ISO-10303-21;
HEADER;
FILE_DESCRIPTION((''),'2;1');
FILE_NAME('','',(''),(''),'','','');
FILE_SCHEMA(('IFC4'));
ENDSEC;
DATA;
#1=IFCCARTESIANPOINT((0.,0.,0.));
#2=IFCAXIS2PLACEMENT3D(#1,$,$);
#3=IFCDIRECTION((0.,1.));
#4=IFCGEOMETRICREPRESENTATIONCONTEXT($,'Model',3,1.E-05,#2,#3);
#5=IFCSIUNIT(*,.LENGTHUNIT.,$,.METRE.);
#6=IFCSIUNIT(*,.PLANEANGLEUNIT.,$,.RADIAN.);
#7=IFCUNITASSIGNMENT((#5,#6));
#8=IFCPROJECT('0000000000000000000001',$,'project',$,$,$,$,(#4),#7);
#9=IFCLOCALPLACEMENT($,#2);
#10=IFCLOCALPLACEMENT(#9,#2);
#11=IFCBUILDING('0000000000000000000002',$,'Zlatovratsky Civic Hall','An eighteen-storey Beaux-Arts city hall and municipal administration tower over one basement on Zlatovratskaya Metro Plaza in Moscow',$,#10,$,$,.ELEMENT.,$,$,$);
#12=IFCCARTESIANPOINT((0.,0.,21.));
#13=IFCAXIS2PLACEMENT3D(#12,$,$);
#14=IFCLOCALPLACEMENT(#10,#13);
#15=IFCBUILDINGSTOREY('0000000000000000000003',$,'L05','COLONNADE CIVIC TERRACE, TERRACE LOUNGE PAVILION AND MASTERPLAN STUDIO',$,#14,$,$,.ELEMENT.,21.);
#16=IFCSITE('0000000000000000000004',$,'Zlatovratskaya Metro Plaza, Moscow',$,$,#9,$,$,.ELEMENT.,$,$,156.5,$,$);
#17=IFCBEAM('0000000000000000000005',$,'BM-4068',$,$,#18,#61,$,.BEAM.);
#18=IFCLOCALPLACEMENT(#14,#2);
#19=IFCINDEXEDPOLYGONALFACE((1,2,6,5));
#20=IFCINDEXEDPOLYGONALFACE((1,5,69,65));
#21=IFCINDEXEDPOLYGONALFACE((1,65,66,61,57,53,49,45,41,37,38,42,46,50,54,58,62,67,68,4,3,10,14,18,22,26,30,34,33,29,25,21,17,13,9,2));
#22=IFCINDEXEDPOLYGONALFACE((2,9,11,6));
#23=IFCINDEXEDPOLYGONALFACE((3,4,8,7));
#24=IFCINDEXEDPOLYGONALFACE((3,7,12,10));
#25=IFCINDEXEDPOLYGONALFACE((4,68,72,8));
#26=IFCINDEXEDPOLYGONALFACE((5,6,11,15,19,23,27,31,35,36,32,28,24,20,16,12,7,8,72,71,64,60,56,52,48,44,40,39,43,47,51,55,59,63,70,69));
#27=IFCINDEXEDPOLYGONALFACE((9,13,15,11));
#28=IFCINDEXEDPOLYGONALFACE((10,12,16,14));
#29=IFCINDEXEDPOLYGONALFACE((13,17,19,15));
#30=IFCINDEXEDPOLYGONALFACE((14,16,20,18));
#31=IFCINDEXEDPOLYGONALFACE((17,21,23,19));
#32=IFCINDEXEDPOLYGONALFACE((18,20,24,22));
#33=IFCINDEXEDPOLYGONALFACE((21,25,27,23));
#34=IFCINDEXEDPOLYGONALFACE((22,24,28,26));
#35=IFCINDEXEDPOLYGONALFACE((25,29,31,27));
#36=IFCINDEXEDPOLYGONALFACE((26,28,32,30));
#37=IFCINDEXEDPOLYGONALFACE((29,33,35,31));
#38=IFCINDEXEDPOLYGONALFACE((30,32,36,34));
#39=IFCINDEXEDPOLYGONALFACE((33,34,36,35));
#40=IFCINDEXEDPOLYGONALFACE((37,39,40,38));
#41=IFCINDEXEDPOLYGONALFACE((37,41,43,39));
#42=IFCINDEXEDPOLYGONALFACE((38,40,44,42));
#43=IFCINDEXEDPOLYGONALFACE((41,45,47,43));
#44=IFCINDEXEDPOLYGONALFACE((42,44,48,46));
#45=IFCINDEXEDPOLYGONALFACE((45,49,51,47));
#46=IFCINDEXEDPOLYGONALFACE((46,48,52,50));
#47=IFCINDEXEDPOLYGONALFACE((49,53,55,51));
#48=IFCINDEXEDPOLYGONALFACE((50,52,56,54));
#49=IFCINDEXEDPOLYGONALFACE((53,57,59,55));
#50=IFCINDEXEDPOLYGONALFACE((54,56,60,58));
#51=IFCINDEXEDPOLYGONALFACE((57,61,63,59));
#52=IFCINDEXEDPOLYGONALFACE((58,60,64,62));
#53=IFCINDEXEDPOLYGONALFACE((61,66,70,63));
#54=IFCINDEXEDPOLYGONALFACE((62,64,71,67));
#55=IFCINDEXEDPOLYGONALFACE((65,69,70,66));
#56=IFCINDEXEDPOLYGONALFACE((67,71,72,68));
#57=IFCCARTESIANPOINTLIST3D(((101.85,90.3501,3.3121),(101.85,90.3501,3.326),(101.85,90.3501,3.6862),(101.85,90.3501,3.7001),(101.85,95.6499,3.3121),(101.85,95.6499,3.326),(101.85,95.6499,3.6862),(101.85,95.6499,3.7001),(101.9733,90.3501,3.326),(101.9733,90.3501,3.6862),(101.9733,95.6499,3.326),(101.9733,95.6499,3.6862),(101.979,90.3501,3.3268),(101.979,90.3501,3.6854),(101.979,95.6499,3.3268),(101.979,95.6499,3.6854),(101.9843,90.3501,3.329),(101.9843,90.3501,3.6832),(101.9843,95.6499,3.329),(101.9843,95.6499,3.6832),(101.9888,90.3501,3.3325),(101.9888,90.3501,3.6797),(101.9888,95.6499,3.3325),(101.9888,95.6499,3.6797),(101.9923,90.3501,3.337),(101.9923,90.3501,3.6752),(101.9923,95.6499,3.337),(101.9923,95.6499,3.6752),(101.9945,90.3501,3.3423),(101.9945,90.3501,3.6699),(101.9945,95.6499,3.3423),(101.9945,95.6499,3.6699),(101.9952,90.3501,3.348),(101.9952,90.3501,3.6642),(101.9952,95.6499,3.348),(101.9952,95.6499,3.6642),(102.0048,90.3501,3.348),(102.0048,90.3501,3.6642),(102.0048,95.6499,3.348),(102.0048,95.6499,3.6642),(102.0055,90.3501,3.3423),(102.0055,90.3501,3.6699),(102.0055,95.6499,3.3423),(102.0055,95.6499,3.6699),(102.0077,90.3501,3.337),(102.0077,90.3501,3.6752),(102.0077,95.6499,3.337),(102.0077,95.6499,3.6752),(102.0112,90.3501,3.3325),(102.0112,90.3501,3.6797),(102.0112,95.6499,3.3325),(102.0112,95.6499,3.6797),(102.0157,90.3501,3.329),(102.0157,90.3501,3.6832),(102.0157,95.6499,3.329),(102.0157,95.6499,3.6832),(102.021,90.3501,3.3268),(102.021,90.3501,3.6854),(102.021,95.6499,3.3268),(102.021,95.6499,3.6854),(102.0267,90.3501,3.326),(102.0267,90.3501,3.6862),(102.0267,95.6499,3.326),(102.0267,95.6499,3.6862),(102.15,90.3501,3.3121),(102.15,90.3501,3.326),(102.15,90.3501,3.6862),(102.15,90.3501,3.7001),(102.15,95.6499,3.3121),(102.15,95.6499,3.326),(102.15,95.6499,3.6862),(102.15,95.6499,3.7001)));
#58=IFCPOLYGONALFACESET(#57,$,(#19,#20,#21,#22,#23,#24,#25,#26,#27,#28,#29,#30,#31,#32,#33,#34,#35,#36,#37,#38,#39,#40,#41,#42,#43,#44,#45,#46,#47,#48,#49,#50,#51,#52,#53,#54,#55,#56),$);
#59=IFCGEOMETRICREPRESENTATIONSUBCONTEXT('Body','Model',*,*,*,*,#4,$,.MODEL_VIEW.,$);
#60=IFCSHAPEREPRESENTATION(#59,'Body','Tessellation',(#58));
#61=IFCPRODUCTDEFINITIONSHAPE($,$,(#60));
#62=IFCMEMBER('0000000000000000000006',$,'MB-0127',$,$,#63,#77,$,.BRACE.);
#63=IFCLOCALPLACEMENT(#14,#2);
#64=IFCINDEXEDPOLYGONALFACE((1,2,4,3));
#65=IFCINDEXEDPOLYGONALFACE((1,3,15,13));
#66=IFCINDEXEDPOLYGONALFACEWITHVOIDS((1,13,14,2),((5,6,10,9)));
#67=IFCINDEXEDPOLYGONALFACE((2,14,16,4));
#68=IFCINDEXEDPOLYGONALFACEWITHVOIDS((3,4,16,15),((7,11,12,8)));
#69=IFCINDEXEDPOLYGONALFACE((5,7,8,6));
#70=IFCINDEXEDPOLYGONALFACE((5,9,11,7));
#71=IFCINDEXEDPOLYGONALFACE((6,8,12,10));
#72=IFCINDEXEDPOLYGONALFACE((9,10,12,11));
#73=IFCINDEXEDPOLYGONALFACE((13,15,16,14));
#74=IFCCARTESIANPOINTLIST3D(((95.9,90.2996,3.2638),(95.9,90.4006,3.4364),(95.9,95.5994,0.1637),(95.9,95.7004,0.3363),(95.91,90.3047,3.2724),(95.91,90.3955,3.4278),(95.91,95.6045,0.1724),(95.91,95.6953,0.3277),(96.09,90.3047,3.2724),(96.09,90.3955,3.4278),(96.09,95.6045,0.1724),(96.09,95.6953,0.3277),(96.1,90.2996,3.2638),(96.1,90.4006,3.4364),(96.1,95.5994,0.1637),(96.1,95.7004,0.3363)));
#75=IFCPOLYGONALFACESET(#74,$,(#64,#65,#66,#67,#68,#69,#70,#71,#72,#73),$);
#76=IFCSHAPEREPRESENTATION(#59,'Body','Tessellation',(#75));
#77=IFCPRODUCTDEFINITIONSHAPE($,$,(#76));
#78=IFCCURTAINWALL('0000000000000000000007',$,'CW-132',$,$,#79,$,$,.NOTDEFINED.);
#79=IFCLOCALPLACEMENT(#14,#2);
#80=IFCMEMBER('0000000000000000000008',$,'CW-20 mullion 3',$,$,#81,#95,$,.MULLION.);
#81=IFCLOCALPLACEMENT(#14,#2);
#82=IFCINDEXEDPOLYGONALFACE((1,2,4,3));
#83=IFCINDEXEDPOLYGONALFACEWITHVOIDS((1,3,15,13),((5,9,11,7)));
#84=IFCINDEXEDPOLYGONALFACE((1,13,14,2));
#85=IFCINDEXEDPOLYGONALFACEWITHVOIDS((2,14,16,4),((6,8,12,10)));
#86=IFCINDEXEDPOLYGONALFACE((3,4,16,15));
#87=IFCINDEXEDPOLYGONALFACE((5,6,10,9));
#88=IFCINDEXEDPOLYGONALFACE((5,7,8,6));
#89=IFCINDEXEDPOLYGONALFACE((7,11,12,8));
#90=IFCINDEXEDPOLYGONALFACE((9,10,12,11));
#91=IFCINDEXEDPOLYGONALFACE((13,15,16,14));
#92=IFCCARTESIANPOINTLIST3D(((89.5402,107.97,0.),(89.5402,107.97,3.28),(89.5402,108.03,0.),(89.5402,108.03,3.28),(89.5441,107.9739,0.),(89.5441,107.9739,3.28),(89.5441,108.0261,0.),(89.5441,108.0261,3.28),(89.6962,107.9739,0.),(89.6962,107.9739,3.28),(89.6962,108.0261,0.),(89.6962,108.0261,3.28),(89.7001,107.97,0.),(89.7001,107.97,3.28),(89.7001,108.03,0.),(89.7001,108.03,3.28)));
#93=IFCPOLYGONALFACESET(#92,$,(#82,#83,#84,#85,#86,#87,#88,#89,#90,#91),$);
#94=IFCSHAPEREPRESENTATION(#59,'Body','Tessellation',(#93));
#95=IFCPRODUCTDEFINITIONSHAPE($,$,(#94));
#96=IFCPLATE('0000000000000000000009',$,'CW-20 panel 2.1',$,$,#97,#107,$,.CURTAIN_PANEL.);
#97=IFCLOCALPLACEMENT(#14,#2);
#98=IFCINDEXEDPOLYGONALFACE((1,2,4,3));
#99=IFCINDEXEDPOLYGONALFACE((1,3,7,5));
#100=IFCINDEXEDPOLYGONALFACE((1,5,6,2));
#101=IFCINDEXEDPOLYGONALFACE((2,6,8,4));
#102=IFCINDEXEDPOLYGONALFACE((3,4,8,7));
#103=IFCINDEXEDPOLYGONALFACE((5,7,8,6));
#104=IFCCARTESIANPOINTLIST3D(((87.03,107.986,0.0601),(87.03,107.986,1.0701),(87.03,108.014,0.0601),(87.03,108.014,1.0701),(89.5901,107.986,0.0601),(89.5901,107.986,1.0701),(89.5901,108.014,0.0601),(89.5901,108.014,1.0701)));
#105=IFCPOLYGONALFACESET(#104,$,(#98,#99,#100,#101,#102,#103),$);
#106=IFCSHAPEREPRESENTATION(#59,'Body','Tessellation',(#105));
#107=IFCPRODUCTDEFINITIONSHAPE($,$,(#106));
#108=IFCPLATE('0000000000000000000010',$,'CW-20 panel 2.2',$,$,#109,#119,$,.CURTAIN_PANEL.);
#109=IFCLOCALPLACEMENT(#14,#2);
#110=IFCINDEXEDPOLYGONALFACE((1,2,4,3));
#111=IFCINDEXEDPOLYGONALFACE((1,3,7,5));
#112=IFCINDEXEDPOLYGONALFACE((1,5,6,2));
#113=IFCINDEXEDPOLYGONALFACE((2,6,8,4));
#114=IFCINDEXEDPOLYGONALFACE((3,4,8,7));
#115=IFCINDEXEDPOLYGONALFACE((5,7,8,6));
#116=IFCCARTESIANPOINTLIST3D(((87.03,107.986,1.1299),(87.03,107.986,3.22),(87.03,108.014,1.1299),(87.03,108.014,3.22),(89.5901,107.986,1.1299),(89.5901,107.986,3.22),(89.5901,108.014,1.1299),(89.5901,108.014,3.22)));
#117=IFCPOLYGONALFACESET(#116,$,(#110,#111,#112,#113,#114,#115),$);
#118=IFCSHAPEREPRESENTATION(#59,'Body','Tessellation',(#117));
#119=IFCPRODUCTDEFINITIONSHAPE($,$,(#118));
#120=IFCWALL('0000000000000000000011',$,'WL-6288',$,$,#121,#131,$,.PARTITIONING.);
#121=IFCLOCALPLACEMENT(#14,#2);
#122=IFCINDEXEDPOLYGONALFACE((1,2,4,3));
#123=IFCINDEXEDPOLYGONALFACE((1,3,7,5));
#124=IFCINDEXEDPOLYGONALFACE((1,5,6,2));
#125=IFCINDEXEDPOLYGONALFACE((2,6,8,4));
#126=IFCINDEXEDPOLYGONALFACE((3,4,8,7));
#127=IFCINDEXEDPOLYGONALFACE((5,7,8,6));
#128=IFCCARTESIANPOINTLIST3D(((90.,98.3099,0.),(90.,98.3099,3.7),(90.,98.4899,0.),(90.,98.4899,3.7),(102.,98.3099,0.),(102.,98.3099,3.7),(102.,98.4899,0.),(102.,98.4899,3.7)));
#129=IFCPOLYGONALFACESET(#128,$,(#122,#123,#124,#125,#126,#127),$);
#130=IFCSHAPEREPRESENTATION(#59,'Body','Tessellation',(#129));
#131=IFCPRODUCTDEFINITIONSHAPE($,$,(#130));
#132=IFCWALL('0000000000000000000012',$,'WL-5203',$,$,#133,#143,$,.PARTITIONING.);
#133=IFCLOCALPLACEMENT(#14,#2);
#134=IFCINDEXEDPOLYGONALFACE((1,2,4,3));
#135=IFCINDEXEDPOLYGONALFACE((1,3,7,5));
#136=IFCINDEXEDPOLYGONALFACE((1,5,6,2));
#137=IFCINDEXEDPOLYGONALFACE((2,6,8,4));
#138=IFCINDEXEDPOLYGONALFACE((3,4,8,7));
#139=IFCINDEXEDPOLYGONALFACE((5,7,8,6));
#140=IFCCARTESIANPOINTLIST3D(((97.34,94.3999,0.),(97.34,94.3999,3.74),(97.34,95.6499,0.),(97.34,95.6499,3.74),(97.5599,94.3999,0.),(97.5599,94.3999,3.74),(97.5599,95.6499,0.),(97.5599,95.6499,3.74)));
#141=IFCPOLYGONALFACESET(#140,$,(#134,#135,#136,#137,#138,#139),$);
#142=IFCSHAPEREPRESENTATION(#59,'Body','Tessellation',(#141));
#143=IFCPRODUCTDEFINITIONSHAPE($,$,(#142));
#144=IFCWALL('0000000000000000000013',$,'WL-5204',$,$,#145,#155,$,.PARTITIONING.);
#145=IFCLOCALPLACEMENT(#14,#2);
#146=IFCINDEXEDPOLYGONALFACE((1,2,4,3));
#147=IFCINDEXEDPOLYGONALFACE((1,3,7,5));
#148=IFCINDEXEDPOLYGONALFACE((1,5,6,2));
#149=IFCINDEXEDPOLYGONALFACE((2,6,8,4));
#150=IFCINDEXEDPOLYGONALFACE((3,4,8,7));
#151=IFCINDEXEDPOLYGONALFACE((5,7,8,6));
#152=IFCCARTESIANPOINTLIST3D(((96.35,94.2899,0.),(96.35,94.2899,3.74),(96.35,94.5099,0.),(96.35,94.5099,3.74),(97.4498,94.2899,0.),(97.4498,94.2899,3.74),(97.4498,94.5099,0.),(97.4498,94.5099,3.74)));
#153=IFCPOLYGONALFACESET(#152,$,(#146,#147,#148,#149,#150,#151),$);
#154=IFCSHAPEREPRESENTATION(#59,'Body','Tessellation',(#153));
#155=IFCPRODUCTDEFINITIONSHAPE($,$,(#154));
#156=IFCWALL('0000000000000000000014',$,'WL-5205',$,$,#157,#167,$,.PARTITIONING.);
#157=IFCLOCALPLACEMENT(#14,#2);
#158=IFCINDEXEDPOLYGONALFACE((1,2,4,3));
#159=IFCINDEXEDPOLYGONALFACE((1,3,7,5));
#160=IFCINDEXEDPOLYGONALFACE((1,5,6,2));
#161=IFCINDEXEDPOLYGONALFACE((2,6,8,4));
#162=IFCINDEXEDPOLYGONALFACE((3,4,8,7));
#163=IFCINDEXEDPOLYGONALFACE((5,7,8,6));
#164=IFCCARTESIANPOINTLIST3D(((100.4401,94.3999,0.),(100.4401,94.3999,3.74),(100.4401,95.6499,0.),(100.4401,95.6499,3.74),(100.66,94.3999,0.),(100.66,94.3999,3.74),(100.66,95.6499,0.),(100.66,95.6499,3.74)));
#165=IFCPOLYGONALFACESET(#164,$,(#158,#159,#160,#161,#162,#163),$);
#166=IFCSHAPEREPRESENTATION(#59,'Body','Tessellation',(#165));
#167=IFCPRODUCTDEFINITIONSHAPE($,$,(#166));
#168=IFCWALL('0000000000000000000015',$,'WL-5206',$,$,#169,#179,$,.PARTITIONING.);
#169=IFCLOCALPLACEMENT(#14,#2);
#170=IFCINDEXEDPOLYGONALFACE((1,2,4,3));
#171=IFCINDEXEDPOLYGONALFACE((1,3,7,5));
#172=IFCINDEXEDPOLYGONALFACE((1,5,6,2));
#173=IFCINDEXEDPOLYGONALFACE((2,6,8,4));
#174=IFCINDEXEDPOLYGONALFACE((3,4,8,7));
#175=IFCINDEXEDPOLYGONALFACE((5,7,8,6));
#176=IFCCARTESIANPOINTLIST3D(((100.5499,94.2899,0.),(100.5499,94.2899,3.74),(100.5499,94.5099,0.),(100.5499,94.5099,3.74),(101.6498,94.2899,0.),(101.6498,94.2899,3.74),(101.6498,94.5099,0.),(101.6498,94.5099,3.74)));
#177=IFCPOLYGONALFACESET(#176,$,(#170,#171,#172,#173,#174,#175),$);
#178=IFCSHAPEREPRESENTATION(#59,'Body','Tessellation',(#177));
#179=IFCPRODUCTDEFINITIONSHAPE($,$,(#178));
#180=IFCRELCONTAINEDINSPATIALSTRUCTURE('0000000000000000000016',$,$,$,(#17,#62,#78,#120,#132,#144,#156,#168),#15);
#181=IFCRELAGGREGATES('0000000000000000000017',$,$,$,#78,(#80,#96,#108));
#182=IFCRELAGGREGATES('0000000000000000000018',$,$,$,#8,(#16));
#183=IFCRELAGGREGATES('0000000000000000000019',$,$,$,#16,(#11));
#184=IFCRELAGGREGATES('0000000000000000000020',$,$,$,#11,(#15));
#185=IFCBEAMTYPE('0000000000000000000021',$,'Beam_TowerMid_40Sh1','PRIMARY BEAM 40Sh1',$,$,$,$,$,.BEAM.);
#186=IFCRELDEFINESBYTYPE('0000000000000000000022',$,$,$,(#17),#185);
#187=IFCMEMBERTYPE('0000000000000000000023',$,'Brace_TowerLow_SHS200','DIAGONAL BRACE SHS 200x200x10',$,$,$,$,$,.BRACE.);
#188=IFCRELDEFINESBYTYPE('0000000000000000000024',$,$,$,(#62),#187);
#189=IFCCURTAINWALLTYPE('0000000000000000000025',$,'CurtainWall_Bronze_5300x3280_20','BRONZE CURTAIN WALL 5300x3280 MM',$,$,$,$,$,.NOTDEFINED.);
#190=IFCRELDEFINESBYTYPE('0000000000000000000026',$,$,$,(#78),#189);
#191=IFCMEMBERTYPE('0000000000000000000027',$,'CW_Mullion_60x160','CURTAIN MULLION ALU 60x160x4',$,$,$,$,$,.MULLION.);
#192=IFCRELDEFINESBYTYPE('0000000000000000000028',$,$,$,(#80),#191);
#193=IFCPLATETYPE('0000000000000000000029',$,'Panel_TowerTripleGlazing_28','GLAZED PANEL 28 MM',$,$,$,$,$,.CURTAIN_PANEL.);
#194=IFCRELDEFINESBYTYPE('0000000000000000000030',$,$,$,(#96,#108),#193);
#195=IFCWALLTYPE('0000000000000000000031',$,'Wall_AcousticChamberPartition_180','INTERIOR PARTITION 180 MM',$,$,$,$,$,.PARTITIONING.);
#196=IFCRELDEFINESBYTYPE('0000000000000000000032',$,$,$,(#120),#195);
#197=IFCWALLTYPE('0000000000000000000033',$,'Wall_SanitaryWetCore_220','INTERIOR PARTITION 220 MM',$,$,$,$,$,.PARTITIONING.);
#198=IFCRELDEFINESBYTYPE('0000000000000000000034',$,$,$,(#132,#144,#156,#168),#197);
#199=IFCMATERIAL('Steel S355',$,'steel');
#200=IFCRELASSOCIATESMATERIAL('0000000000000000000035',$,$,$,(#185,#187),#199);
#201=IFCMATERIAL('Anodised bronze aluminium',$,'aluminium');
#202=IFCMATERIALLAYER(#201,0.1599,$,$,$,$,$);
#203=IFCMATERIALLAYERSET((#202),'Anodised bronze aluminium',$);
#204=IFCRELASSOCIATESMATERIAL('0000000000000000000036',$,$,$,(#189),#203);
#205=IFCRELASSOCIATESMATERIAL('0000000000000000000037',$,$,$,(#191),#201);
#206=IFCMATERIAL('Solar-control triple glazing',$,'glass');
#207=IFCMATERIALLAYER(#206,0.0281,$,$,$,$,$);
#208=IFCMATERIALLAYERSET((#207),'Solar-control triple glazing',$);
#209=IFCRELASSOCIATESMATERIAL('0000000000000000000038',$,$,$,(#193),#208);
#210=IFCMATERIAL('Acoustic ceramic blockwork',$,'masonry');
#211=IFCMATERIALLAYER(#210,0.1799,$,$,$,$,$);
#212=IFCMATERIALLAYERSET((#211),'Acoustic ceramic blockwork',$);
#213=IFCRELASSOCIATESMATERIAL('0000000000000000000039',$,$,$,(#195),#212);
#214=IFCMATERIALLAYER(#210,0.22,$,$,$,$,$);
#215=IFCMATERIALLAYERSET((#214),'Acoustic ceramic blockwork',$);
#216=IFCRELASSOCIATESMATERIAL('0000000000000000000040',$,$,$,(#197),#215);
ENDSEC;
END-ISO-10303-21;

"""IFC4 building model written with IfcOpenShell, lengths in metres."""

from ifc_helpers import new_model, si_unit, direction, frame, frame_2d, origin, origin_2d, place, context, subcontext, project, spatial, rectangle, hollow_rectangle, i_section, extrude, material, layer, layer_set, material_profile, profile_set, type_object, element, aggregate, save


model = new_model("IFC4")

# Units and contexts
model_context = context("Model", 3, precision=1e-05, world=origin(), true_north=direction((0.0, 1.0)))
body_context = subcontext(model_context, "Body", "Model", "MODEL_VIEW")
ifc_project = project(units=[si_unit("LENGTHUNIT", "METRE"), si_unit("PLANEANGLEUNIT", "RADIAN")], contexts=[model_context])

# Site, building, storey
site_placement = place(None, origin())
site = spatial("IfcSite", under=ifc_project, at=site_placement, Name="Zlatovratskaya Metro Plaza, Moscow", CompositionType="ELEMENT", RefElevation=156.5)
building_placement = place(site_placement, origin())
building = spatial("IfcBuilding", under=site, at=building_placement, Name="Zlatovratsky Civic Hall", Description="An eighteen-storey Beaux-Arts city hall and municipal administration tower over one basement on Zlatovratskaya Metro Plaza in Moscow", CompositionType="ELEMENT")
storey_placement = place(building_placement, frame((0.0, 0.0, 21.0)))
storey = spatial("IfcBuildingStorey", under=building, at=storey_placement, Name="L05", Description="COLONNADE CIVIC TERRACE, TERRACE LOUNGE PAVILION AND MASTERPLAN STUDIO", CompositionType="ELEMENT", Elevation=21.0)

# Shared definitions
ifc_material_1 = material(Name="Steel S355", Category="steel")

# Beam
ifc_material_profile_1 = material_profile(ifc_material_1, i_section(OverallWidth=0.3, OverallDepth=0.3879, WebThickness=0.0095, FlangeThickness=0.0139, FilletRadius=0.022, at=origin_2d()), Name="40Sh1")
ifc_profile_set_1 = profile_set([ifc_material_profile_1], Name="Steel S355")
beam_type_1 = type_object("IfcBeamType", Name="Beam_TowerMid_40Sh1", Description="PRIMARY BEAM 40Sh1", PredefinedType="BEAM", material=ifc_profile_set_1)
beam_1_placement = place(storey_placement, frame((102.0, 90.3501, 3.5061), z_axis=(0.0, 1.0, 0.0), x_axis=(-1.0, 0.0, 0.0)))
element("IfcBeam", 1, at=beam_1_placement, inside=storey, type_object=beam_type_1, Name="BM-4068", PredefinedType="BEAM", context=body_context, shape_type="SweptSolid", body=[
    extrude(i_section(OverallWidth=0.3, OverallDepth=0.3879, WebThickness=0.0095, FlangeThickness=0.0139, FilletRadius=0.022, at=origin_2d()), origin(), (0.0, 0.0, 1.0), 5.2998),
])

# Member
ifc_material_profile_2 = material_profile(ifc_material_1, hollow_rectangle(XDim=0.2, YDim=0.2, WallThickness=0.01, at=origin_2d()), Name="SHS 200x200x10")
ifc_profile_set_2 = profile_set([ifc_material_profile_2], Name="Steel S355")
member_type_1 = type_object("IfcMemberType", Name="Brace_TowerLow_SHS200", Description="DIAGONAL BRACE SHS 200x200x10", PredefinedType="BRACE", material=ifc_profile_set_2)
member_1_placement = place(storey_placement, frame((96.0, 90.3501, 3.3501), z_axis=(0.0, 0.863173, -0.504909), x_axis=(-1.0, 0.0, 0.0)))
element("IfcMember", 2, at=member_1_placement, inside=storey, type_object=member_type_1, Name="MB-0127", PredefinedType="BRACE", context=body_context, shape_type="SweptSolid", body=[
    extrude(hollow_rectangle(XDim=0.2, YDim=0.2, WallThickness=0.01, at=origin_2d()), origin(), (0.0, 0.0, 1.0), 6.1399),
])

# Curtain wall, member, plates
ifc_material_2 = material(Name="Anodised bronze aluminium", Category="aluminium")
ifc_layer_1 = layer(ifc_material_2, 0.1599)
ifc_layer_set_1 = layer_set([ifc_layer_1], Name="Anodised bronze aluminium")
curtain_wall_type = type_object("IfcCurtainWallType", Name="CurtainWall_Bronze_5300x3280_20", Description="BRONZE CURTAIN WALL 5300x3280 MM", PredefinedType="NOTDEFINED", material=ifc_layer_set_1)
curtain_wall_placement = place(storey_placement, origin())
curtain_wall = element("IfcCurtainWall", 3, at=curtain_wall_placement, inside=storey, type_object=curtain_wall_type, Name="CW-132", PredefinedType="NOTDEFINED")
ifc_material_profile_3 = material_profile(ifc_material_2, hollow_rectangle(XDim=0.0601, YDim=0.1599, WallThickness=0.0039, at=origin_2d()), Name="ALU 60x160x4")
ifc_profile_set_3 = profile_set([ifc_material_profile_3], Name="Anodised bronze aluminium")
member_type_2 = type_object("IfcMemberType", Name="CW_Mullion_60x160", Description="CURTAIN MULLION ALU 60x160x4", PredefinedType="MULLION", material=ifc_profile_set_3)
member_2_placement = place(storey_placement, frame((89.6201, 108.0, 0.0), z_axis=(0.0, 0.0, 1.0), x_axis=(0.0, 1.0, 0.0)))
member_2 = element("IfcMember", 4, at=member_2_placement, type_object=member_type_2, Name="CW-20 mullion 3", PredefinedType="MULLION", context=body_context, shape_type="SweptSolid", body=[
    extrude(hollow_rectangle(XDim=0.0601, YDim=0.1599, WallThickness=0.0039, at=origin_2d()), origin(), (0.0, 0.0, 1.0), 3.28),
])
ifc_material_3 = material(Name="Solar-control triple glazing", Category="glass")
ifc_layer_2 = layer(ifc_material_3, 0.0281)
ifc_layer_set_2 = layer_set([ifc_layer_2], Name="Solar-control triple glazing")
plate_type = type_object("IfcPlateType", Name="Panel_TowerTripleGlazing_28", Description="GLAZED PANEL 28 MM", PredefinedType="CURTAIN_PANEL", material=ifc_layer_set_2)
plate_1_placement = place(storey_placement, frame((88.3101, 108.0, 0.0601), z_axis=(0.0, 0.0, 1.0), x_axis=(1.0, 0.0, 0.0)))
plate_1 = element("IfcPlate", 5, at=plate_1_placement, type_object=plate_type, Name="CW-20 panel 2.1", PredefinedType="CURTAIN_PANEL", context=body_context, shape_type="SweptSolid", body=[
    extrude(rectangle(XDim=2.5601, YDim=0.0281, at=origin_2d()), origin(), (0.0, 0.0, 1.0), 1.01),
])
plate_2_placement = place(storey_placement, frame((88.3101, 108.0, 1.1299), z_axis=(0.0, 0.0, 1.0), x_axis=(1.0, 0.0, 0.0)))
plate_2 = element("IfcPlate", 6, at=plate_2_placement, type_object=plate_type, Name="CW-20 panel 2.2", PredefinedType="CURTAIN_PANEL", context=body_context, shape_type="SweptSolid", body=[
    extrude(rectangle(XDim=2.5601, YDim=0.0281, at=origin_2d()), origin(), (0.0, 0.0, 1.0), 2.0901),
])
aggregate(curtain_wall, [member_2, plate_1, plate_2])

# Walls
ifc_material_4 = material(Name="Acoustic ceramic blockwork", Category="masonry")
ifc_layer_3 = layer(ifc_material_4, 0.1799)
ifc_layer_set_3 = layer_set([ifc_layer_3], Name="Acoustic ceramic blockwork")
wall_type_1 = type_object("IfcWallType", Name="Wall_AcousticChamberPartition_180", Description="INTERIOR PARTITION 180 MM", PredefinedType="PARTITIONING", material=ifc_layer_set_3)
wall_1_placement = place(storey_placement, frame((90.0, 98.3999, 0.0), z_axis=(0.0, 0.0, 1.0), x_axis=(1.0, 0.0, 0.0)))
element("IfcWall", 7, at=wall_1_placement, inside=storey, type_object=wall_type_1, Name="WL-6288", PredefinedType="PARTITIONING", context=body_context, shape_type="SweptSolid", body=[
    extrude(rectangle(XDim=12.0, YDim=0.1799, at=frame_2d((6.0, 0.0))), origin(), (0.0, 0.0, 1.0), 3.7),
])
ifc_layer_4 = layer(ifc_material_4, 0.22)
ifc_layer_set_4 = layer_set([ifc_layer_4], Name="Acoustic ceramic blockwork")
wall_type_2 = type_object("IfcWallType", Name="Wall_SanitaryWetCore_220", Description="INTERIOR PARTITION 220 MM", PredefinedType="PARTITIONING", material=ifc_layer_set_4)
wall_2_placement = place(storey_placement, frame((97.45, 94.3999, 0.0), z_axis=(0.0, 0.0, 1.0), x_axis=(0.0, 1.0, 0.0)))
element("IfcWall", 8, at=wall_2_placement, inside=storey, type_object=wall_type_2, Name="WL-5203", PredefinedType="PARTITIONING", context=body_context, shape_type="SweptSolid", body=[
    extrude(rectangle(XDim=1.25, YDim=0.22, at=frame_2d((0.625, 0.0))), origin(), (0.0, 0.0, 1.0), 3.74),
])
wall_3_placement = place(storey_placement, frame((96.3501, 94.3999, 0.0), z_axis=(0.0, 0.0, 1.0), x_axis=(1.0, 0.0, 0.0)))
element("IfcWall", 9, at=wall_3_placement, inside=storey, type_object=wall_type_2, Name="WL-5204", PredefinedType="PARTITIONING", context=body_context, shape_type="SweptSolid", body=[
    extrude(rectangle(XDim=1.0999, YDim=0.22, at=frame_2d((0.5498, 0.0))), origin(), (0.0, 0.0, 1.0), 3.74),
])
wall_4_placement = place(storey_placement, frame((100.55, 94.3999, 0.0), z_axis=(0.0, 0.0, 1.0), x_axis=(0.0, 1.0, 0.0)))
element("IfcWall", 10, at=wall_4_placement, inside=storey, type_object=wall_type_2, Name="WL-5205", PredefinedType="PARTITIONING", context=body_context, shape_type="SweptSolid", body=[
    extrude(rectangle(XDim=1.25, YDim=0.22, at=frame_2d((0.625, 0.0))), origin(), (0.0, 0.0, 1.0), 3.74),
])
wall_5_placement = place(storey_placement, frame((100.55, 94.3999, 0.0), z_axis=(0.0, 0.0, 1.0), x_axis=(1.0, 0.0, 0.0)))
element("IfcWall", 11, at=wall_5_placement, inside=storey, type_object=wall_type_2, Name="WL-5206", PredefinedType="PARTITIONING", context=body_context, shape_type="SweptSolid", body=[
    extrude(rectangle(XDim=1.0999, YDim=0.22, at=frame_2d((0.5498, 0.0))), origin(), (0.0, 0.0, 1.0), 3.74),
])

save(model, "model.ifc")
